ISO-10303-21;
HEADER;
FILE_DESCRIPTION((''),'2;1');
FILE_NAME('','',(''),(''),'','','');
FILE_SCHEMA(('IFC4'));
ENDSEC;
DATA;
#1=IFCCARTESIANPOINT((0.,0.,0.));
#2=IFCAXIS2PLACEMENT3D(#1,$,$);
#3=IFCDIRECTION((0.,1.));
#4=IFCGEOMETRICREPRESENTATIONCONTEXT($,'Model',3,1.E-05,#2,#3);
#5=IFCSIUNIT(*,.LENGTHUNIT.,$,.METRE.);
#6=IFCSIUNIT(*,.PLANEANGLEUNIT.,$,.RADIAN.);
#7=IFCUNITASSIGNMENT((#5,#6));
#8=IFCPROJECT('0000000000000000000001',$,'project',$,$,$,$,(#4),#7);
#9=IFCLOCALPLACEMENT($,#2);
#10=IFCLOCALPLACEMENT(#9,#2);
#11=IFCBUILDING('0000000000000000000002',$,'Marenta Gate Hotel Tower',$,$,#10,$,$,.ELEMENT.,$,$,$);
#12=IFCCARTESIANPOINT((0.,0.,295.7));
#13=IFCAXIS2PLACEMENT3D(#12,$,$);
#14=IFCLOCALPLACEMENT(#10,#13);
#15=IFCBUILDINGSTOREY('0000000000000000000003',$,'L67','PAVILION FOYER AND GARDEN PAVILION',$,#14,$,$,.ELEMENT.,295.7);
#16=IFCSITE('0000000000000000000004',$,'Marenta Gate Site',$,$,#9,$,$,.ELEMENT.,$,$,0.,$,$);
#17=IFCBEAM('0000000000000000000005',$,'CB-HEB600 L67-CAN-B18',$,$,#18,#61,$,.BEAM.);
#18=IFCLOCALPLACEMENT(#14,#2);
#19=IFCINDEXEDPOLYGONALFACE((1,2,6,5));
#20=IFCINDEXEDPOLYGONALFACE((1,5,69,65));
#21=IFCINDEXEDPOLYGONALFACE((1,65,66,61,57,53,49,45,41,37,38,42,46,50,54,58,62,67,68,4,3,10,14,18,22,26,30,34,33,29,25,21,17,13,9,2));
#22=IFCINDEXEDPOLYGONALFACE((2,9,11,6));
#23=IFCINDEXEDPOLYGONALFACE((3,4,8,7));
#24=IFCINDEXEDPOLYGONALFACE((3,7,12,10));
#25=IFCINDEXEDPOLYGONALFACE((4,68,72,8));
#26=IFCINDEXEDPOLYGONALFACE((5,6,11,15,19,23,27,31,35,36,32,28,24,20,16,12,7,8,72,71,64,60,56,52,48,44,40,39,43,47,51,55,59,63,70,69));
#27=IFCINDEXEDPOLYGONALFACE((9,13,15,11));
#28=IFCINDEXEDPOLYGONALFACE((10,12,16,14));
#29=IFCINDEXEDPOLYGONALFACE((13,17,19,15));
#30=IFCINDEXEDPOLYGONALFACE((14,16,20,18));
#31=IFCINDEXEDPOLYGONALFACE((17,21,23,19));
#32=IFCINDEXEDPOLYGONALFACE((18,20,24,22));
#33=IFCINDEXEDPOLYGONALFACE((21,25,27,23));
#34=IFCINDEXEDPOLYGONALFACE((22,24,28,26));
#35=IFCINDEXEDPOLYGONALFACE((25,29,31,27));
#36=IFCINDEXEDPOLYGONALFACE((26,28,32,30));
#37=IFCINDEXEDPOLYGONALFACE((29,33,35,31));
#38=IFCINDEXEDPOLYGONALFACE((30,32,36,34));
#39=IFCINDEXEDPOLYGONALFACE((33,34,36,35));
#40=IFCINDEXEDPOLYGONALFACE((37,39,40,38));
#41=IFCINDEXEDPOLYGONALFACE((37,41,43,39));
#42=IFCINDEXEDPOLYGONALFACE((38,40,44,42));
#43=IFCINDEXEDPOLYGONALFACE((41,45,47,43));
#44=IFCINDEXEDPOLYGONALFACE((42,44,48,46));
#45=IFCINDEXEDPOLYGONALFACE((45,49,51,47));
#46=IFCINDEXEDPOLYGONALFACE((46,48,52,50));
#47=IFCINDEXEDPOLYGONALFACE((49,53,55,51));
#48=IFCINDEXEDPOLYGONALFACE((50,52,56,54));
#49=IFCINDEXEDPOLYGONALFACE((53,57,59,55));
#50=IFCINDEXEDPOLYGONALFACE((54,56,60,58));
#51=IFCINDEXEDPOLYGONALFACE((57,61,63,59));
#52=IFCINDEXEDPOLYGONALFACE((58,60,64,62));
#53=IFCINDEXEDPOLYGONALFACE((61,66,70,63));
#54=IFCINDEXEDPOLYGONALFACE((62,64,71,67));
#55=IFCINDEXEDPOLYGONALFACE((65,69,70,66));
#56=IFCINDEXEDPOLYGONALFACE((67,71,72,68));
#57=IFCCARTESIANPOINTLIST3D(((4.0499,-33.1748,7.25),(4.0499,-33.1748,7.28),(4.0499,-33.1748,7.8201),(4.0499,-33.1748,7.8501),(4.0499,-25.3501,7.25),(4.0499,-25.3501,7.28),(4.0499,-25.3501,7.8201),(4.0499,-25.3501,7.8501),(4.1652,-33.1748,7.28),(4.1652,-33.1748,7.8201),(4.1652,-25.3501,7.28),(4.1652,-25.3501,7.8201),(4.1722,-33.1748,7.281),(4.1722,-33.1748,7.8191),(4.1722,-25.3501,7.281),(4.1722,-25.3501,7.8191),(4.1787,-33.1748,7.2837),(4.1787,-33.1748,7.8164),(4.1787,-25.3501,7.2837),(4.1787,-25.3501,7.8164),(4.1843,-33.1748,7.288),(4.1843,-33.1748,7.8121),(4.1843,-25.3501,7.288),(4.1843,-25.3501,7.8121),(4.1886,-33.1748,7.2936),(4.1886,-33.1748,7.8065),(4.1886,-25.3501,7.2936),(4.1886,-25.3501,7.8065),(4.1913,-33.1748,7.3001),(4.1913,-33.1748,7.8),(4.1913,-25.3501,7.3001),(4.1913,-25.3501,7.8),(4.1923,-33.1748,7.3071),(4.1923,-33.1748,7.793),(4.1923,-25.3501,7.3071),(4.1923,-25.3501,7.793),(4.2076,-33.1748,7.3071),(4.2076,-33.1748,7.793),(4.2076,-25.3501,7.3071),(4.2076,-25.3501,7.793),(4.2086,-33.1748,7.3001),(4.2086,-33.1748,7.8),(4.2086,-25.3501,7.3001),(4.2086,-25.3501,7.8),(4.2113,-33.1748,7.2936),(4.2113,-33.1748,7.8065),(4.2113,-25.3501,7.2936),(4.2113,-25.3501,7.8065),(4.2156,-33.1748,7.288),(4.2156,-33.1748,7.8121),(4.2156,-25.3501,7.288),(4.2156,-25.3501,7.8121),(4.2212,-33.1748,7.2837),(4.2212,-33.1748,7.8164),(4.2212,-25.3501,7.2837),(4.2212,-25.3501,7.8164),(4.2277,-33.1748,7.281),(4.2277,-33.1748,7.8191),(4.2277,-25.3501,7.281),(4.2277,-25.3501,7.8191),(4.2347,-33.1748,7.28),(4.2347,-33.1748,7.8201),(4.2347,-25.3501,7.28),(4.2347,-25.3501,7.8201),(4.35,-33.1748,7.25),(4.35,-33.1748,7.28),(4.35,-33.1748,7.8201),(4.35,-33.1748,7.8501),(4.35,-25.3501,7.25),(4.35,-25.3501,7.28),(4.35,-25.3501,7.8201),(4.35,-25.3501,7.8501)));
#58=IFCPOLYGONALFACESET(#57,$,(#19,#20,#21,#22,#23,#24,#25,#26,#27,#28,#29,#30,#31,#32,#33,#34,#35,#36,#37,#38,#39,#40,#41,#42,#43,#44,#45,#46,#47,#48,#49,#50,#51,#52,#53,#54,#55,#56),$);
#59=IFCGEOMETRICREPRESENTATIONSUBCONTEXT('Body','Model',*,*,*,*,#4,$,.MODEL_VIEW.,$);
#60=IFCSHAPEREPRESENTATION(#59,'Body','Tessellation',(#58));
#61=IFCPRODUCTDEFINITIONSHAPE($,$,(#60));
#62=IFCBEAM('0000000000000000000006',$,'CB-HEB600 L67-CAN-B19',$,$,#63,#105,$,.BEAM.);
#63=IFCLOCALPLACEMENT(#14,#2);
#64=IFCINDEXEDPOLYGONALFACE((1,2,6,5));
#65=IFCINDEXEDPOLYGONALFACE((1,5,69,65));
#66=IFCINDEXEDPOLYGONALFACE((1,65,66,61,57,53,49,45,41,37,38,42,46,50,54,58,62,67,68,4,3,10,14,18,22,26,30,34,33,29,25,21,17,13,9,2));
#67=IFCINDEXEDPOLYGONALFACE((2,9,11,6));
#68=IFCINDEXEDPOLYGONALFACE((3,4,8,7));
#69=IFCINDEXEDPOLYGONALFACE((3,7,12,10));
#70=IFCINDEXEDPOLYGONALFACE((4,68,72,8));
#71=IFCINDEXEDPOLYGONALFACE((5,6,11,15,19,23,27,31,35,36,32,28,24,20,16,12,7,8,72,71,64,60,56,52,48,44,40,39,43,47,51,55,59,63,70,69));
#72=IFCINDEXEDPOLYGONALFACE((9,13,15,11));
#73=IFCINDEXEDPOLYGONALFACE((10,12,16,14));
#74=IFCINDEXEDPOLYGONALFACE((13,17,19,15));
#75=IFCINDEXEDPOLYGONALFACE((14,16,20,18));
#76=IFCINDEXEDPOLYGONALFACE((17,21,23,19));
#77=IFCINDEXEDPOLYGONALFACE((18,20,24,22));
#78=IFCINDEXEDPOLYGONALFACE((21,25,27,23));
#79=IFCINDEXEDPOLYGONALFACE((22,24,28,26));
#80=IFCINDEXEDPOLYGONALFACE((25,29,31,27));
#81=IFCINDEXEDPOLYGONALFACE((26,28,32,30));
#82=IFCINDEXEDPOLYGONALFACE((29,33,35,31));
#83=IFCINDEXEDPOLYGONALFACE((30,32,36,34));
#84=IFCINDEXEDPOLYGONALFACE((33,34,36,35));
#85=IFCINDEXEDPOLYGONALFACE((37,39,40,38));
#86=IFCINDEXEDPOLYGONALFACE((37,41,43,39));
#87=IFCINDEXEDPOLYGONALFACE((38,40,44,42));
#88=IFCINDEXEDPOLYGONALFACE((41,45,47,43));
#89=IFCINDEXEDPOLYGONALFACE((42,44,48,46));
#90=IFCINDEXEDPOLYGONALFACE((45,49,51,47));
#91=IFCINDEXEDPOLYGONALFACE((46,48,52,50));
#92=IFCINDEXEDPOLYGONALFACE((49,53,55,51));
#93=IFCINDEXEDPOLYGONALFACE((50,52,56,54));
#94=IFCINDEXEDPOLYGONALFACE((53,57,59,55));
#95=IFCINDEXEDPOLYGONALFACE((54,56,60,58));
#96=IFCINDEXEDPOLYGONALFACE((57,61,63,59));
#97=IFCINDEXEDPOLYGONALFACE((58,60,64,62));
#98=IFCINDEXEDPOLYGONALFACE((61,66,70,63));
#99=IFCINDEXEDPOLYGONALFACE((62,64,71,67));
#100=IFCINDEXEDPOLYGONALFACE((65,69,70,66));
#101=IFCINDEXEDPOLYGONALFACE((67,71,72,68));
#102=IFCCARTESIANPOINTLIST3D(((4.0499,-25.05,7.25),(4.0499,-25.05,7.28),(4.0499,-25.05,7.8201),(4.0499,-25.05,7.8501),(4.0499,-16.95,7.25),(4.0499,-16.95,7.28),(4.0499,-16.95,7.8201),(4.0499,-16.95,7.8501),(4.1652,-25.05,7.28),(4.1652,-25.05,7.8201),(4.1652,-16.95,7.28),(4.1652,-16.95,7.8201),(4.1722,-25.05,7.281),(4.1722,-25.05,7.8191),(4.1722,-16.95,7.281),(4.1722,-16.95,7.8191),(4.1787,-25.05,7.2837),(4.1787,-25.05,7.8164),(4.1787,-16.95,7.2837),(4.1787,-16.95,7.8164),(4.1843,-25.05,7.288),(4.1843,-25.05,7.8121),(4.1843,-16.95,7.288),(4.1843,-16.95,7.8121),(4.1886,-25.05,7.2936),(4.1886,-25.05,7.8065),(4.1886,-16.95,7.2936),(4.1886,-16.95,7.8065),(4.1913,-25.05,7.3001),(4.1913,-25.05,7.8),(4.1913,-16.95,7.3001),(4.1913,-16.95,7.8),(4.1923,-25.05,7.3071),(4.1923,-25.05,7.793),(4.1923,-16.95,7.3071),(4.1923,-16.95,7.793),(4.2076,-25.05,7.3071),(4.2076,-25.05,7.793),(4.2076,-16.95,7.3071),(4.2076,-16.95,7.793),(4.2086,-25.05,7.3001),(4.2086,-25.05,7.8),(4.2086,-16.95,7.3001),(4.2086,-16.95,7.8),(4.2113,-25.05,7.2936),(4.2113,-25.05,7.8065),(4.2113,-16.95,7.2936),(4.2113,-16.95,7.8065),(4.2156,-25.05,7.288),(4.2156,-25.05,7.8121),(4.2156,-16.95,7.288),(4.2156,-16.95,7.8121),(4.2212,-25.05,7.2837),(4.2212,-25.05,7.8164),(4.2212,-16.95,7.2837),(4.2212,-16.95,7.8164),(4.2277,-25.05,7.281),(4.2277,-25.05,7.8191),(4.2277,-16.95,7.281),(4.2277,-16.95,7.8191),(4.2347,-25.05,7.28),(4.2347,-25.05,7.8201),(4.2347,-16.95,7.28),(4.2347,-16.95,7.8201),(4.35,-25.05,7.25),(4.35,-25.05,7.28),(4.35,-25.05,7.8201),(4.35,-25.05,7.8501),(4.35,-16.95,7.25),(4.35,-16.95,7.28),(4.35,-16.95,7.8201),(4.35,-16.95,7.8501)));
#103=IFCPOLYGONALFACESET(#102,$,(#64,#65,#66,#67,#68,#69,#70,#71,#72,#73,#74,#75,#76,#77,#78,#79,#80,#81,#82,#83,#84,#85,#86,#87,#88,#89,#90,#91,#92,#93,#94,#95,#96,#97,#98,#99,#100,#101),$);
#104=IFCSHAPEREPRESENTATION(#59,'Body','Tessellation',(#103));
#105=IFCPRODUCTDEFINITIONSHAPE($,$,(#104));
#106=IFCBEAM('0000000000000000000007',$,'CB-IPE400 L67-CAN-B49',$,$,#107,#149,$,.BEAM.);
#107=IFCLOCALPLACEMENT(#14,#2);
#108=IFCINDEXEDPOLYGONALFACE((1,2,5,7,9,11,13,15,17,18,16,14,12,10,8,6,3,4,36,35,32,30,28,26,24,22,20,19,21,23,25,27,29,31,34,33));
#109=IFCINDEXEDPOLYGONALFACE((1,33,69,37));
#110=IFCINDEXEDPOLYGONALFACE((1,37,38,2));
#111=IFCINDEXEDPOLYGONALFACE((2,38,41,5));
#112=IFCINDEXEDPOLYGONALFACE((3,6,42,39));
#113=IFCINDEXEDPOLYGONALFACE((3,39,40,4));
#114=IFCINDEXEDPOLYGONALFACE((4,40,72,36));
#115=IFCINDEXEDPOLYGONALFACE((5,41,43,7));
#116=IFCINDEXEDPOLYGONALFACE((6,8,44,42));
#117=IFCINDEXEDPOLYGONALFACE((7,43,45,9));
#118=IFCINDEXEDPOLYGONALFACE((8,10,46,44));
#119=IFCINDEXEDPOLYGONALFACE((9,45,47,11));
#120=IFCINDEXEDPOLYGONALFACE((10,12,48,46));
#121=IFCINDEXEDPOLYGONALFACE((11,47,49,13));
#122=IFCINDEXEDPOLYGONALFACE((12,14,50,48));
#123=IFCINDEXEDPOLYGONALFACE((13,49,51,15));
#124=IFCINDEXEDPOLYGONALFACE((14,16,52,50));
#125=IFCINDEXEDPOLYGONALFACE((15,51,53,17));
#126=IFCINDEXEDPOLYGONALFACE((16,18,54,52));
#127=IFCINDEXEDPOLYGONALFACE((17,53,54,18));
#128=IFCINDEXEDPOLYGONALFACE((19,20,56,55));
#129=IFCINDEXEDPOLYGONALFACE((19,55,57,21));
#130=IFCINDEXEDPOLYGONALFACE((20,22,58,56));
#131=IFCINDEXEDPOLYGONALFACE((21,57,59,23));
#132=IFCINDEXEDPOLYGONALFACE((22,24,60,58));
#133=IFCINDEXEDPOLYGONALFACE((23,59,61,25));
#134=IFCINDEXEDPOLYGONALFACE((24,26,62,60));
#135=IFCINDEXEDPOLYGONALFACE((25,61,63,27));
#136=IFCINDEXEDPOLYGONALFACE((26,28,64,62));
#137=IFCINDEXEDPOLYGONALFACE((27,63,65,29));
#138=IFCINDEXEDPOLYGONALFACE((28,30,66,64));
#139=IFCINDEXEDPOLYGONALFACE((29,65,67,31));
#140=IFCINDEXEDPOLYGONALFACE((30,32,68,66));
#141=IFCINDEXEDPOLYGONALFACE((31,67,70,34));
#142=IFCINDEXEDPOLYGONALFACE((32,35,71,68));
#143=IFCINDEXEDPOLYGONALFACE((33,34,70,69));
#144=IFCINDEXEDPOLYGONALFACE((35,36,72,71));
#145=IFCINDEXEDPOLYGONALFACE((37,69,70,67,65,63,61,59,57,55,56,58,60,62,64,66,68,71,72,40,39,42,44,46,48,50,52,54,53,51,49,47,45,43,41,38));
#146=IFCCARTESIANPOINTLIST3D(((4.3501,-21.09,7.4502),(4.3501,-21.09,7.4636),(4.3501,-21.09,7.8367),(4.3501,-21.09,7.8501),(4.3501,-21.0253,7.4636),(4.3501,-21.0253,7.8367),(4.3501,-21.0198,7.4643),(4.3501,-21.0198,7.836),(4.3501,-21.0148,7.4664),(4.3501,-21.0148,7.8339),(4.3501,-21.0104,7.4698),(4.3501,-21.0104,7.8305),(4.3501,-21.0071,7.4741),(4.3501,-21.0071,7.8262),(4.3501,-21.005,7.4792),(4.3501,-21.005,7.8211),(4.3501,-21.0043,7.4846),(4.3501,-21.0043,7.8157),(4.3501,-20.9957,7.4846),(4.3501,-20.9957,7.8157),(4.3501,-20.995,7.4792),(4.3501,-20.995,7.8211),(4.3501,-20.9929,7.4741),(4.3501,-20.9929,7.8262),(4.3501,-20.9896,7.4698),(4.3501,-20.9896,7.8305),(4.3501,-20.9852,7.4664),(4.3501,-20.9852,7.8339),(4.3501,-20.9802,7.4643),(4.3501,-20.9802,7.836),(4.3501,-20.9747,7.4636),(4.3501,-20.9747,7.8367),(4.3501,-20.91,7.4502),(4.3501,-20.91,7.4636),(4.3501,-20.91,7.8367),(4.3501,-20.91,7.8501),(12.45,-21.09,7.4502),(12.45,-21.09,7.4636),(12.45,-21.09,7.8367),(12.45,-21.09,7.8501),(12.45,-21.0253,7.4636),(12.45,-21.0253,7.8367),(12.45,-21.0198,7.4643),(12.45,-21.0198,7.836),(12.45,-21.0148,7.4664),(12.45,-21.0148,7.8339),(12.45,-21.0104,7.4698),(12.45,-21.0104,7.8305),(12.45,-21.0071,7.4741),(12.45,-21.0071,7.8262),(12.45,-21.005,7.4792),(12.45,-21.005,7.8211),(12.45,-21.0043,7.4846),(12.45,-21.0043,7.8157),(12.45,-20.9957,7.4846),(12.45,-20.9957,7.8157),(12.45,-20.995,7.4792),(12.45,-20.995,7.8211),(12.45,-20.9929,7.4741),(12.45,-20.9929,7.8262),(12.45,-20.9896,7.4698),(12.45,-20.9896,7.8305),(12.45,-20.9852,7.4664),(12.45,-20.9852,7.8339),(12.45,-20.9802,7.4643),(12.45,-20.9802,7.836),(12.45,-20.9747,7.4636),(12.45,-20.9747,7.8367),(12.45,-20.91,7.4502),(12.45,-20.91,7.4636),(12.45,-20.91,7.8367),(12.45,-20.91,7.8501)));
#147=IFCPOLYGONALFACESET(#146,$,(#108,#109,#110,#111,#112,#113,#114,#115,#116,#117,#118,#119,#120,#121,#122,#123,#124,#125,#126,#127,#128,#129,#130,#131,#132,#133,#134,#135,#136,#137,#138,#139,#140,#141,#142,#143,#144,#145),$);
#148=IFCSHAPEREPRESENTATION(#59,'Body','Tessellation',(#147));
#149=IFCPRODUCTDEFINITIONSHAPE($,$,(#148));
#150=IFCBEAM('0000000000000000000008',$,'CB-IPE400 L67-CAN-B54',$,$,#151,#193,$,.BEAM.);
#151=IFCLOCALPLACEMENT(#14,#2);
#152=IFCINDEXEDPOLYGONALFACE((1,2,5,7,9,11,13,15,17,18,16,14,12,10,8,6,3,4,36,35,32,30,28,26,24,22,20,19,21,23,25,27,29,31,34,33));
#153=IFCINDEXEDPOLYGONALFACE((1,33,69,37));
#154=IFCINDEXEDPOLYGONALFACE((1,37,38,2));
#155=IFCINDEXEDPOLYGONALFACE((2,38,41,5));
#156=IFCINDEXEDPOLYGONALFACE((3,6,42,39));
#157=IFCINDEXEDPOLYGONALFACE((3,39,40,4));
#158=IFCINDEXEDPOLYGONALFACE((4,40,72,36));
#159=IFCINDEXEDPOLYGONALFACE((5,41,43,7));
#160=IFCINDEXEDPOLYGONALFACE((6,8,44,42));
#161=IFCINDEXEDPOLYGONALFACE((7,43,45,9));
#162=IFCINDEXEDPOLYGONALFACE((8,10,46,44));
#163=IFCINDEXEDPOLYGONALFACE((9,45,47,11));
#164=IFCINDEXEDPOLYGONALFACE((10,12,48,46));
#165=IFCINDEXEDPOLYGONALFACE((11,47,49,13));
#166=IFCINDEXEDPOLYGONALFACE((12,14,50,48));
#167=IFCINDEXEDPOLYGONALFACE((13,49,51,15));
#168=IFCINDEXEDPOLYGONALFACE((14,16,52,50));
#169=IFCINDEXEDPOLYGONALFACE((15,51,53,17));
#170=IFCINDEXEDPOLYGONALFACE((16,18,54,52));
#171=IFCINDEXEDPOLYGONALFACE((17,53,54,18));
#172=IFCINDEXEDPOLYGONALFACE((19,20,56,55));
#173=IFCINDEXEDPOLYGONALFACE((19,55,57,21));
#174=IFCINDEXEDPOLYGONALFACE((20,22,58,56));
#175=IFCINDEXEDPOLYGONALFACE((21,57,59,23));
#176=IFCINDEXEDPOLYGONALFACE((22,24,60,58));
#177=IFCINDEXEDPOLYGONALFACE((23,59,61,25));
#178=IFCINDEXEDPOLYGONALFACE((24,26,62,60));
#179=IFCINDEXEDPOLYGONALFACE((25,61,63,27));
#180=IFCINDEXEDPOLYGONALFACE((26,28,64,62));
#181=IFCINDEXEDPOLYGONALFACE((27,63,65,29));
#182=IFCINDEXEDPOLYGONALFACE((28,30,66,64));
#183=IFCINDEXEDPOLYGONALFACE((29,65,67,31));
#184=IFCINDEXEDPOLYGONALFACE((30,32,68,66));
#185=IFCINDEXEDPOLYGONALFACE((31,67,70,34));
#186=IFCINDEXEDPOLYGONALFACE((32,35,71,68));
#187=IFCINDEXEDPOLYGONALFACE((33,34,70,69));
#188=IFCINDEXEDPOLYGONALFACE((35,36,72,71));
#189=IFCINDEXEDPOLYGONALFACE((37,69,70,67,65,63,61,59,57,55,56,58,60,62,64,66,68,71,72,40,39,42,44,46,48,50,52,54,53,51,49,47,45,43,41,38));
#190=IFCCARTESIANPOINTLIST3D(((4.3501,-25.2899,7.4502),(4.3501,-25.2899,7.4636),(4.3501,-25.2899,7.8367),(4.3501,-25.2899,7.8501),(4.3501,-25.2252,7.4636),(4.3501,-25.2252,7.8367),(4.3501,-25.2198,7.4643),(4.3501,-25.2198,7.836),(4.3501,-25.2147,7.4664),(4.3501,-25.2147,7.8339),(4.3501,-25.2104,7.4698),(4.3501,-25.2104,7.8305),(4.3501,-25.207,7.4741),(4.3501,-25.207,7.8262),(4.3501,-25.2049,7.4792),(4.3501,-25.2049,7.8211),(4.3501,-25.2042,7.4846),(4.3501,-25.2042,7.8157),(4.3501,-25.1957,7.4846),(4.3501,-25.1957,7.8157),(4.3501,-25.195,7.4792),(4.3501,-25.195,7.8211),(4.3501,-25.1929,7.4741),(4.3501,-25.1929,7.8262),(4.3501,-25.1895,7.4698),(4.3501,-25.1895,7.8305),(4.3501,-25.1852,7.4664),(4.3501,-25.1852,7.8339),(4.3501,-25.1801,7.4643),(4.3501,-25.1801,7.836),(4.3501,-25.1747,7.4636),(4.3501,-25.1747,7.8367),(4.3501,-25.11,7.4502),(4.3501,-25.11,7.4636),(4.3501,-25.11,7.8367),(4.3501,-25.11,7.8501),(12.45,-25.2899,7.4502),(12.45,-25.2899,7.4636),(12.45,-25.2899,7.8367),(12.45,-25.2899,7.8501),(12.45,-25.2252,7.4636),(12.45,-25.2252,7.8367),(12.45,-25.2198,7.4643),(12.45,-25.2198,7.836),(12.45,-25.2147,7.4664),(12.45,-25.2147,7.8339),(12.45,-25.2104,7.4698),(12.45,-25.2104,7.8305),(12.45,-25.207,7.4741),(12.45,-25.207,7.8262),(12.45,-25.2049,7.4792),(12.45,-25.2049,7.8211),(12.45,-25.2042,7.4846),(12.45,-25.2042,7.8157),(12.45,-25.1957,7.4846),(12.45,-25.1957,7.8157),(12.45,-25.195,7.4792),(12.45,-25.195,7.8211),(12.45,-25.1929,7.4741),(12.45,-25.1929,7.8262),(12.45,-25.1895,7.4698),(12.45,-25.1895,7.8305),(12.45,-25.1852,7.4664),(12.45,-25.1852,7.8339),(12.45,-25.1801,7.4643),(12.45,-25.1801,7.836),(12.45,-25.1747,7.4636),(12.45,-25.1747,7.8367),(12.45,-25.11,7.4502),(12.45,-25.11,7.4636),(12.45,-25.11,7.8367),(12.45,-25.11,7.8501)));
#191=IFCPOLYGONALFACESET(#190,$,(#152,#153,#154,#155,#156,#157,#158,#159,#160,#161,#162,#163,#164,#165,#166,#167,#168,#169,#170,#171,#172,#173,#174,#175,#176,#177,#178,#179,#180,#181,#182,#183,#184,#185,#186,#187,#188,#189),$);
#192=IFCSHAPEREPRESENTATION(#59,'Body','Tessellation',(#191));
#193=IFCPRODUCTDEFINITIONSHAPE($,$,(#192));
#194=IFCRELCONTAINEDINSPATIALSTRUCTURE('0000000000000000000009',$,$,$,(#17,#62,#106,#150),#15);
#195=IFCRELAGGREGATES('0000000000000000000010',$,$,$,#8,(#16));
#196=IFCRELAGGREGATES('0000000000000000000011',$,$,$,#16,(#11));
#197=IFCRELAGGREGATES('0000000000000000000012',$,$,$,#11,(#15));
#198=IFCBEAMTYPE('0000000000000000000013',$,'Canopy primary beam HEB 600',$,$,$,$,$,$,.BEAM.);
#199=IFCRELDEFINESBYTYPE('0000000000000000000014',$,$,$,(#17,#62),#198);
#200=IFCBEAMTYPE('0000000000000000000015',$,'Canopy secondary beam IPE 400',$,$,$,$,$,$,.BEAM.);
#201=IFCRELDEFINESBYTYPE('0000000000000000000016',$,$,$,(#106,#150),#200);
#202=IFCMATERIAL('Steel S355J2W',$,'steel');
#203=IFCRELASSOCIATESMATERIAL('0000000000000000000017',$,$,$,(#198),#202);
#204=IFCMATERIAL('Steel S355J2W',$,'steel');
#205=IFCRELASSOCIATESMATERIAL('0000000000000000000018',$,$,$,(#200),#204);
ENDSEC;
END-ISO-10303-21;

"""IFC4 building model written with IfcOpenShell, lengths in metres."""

from ifc_helpers import new_model, si_unit, direction, frame, origin, origin_2d, place, context, subcontext, project, spatial, i_section, extrude, material, material_profile, profile_set, type_object, element, save


model = new_model("IFC4")

# Units and contexts
model_context = context("Model", 3, precision=1e-05, world=origin(), true_north=direction((0.0, 1.0)))
body_context = subcontext(model_context, "Body", "Model", "MODEL_VIEW")
ifc_project = project(units=[si_unit("LENGTHUNIT", "METRE"), si_unit("PLANEANGLEUNIT", "RADIAN")], contexts=[model_context])

# Site, building, storey
site_placement = place(None, origin())
site = spatial("IfcSite", under=ifc_project, at=site_placement, Name="Marenta Gate Site", CompositionType="ELEMENT", RefElevation=0.0)
building_placement = place(site_placement, origin())
building = spatial("IfcBuilding", under=site, at=building_placement, Name="Marenta Gate Hotel Tower", CompositionType="ELEMENT")
storey_placement = place(building_placement, frame((0.0, 0.0, 295.7)))
storey = spatial("IfcBuildingStorey", under=building, at=storey_placement, Name="L67", Description="PAVILION FOYER AND GARDEN PAVILION", CompositionType="ELEMENT", Elevation=295.7)

# Beams
ifc_material_1 = material(Name="Steel S355J2W", Category="steel")
ifc_material_profile_1 = material_profile(ifc_material_1, i_section(OverallWidth=0.3, OverallDepth=0.6001, WebThickness=0.0154, FlangeThickness=0.03, FilletRadius=0.0271, at=origin_2d()), Name="HEB 600")
ifc_profile_set_1 = profile_set([ifc_material_profile_1], Name="Steel S355J2W")
beam_type_1 = type_object("IfcBeamType", Name="Canopy primary beam HEB 600", PredefinedType="BEAM", material=ifc_profile_set_1)
beam_1_placement = place(storey_placement, frame((4.2, -33.1748, 7.55), z_axis=(0.0, 1.0, 0.0), x_axis=(-1.0, 0.0, 0.0)))
element("IfcBeam", 1, at=beam_1_placement, inside=storey, type_object=beam_type_1, Name="CB-HEB600 L67-CAN-B18", PredefinedType="BEAM", context=body_context, shape_type="SweptSolid", body=[
    extrude(i_section(OverallWidth=0.3, OverallDepth=0.6001, WebThickness=0.0154, FlangeThickness=0.03, FilletRadius=0.0271, at=origin_2d()), origin(), (0.0, 0.0, 1.0), 7.8247),
])
beam_2_placement = place(storey_placement, frame((4.2, -25.05, 7.55), z_axis=(0.0, 1.0, 0.0), x_axis=(-1.0, 0.0, 0.0)))
element("IfcBeam", 2, at=beam_2_placement, inside=storey, type_object=beam_type_1, Name="CB-HEB600 L67-CAN-B19", PredefinedType="BEAM", context=body_context, shape_type="SweptSolid", body=[
    extrude(i_section(OverallWidth=0.3, OverallDepth=0.6001, WebThickness=0.0154, FlangeThickness=0.03, FilletRadius=0.0271, at=origin_2d()), origin(), (0.0, 0.0, 1.0), 8.1001),
])
ifc_material_2 = material(Name="Steel S355J2W", Category="steel")
ifc_material_profile_2 = material_profile(ifc_material_2, i_section(OverallWidth=0.1799, OverallDepth=0.3999, WebThickness=0.0085, FlangeThickness=0.0134, FilletRadius=0.021, at=origin_2d()), Name="IPE 400")
ifc_profile_set_2 = profile_set([ifc_material_profile_2], Name="Steel S355J2W")
beam_type_2 = type_object("IfcBeamType", Name="Canopy secondary beam IPE 400", PredefinedType="BEAM", material=ifc_profile_set_2)
for number, where, z_axis, x_axis, name in (
    (3, (4.3501, -21.0, 7.6501), (1.0, 0.0, 0.0), (0.0, 1.0, 0.0), "CB-IPE400 L67-CAN-B49"),
    (4, (4.3501, -25.2, 7.6501), (1.0, 0.0, 0.0), (0.0, 1.0, 0.0), "CB-IPE400 L67-CAN-B54"),
):
    element("IfcBeam", number, at=place(storey_placement, frame(where, z_axis=z_axis, x_axis=x_axis)), inside=storey, type_object=beam_type_2, Name=name, PredefinedType="BEAM", context=body_context, shape_type="SweptSolid", body=[
        extrude(i_section(OverallWidth=0.1799, OverallDepth=0.3999, WebThickness=0.0085, FlangeThickness=0.0134, FilletRadius=0.021, at=origin_2d()), origin(), (0.0, 0.0, 1.0), 8.0999),
    ])

save(model, "model.ifc")
